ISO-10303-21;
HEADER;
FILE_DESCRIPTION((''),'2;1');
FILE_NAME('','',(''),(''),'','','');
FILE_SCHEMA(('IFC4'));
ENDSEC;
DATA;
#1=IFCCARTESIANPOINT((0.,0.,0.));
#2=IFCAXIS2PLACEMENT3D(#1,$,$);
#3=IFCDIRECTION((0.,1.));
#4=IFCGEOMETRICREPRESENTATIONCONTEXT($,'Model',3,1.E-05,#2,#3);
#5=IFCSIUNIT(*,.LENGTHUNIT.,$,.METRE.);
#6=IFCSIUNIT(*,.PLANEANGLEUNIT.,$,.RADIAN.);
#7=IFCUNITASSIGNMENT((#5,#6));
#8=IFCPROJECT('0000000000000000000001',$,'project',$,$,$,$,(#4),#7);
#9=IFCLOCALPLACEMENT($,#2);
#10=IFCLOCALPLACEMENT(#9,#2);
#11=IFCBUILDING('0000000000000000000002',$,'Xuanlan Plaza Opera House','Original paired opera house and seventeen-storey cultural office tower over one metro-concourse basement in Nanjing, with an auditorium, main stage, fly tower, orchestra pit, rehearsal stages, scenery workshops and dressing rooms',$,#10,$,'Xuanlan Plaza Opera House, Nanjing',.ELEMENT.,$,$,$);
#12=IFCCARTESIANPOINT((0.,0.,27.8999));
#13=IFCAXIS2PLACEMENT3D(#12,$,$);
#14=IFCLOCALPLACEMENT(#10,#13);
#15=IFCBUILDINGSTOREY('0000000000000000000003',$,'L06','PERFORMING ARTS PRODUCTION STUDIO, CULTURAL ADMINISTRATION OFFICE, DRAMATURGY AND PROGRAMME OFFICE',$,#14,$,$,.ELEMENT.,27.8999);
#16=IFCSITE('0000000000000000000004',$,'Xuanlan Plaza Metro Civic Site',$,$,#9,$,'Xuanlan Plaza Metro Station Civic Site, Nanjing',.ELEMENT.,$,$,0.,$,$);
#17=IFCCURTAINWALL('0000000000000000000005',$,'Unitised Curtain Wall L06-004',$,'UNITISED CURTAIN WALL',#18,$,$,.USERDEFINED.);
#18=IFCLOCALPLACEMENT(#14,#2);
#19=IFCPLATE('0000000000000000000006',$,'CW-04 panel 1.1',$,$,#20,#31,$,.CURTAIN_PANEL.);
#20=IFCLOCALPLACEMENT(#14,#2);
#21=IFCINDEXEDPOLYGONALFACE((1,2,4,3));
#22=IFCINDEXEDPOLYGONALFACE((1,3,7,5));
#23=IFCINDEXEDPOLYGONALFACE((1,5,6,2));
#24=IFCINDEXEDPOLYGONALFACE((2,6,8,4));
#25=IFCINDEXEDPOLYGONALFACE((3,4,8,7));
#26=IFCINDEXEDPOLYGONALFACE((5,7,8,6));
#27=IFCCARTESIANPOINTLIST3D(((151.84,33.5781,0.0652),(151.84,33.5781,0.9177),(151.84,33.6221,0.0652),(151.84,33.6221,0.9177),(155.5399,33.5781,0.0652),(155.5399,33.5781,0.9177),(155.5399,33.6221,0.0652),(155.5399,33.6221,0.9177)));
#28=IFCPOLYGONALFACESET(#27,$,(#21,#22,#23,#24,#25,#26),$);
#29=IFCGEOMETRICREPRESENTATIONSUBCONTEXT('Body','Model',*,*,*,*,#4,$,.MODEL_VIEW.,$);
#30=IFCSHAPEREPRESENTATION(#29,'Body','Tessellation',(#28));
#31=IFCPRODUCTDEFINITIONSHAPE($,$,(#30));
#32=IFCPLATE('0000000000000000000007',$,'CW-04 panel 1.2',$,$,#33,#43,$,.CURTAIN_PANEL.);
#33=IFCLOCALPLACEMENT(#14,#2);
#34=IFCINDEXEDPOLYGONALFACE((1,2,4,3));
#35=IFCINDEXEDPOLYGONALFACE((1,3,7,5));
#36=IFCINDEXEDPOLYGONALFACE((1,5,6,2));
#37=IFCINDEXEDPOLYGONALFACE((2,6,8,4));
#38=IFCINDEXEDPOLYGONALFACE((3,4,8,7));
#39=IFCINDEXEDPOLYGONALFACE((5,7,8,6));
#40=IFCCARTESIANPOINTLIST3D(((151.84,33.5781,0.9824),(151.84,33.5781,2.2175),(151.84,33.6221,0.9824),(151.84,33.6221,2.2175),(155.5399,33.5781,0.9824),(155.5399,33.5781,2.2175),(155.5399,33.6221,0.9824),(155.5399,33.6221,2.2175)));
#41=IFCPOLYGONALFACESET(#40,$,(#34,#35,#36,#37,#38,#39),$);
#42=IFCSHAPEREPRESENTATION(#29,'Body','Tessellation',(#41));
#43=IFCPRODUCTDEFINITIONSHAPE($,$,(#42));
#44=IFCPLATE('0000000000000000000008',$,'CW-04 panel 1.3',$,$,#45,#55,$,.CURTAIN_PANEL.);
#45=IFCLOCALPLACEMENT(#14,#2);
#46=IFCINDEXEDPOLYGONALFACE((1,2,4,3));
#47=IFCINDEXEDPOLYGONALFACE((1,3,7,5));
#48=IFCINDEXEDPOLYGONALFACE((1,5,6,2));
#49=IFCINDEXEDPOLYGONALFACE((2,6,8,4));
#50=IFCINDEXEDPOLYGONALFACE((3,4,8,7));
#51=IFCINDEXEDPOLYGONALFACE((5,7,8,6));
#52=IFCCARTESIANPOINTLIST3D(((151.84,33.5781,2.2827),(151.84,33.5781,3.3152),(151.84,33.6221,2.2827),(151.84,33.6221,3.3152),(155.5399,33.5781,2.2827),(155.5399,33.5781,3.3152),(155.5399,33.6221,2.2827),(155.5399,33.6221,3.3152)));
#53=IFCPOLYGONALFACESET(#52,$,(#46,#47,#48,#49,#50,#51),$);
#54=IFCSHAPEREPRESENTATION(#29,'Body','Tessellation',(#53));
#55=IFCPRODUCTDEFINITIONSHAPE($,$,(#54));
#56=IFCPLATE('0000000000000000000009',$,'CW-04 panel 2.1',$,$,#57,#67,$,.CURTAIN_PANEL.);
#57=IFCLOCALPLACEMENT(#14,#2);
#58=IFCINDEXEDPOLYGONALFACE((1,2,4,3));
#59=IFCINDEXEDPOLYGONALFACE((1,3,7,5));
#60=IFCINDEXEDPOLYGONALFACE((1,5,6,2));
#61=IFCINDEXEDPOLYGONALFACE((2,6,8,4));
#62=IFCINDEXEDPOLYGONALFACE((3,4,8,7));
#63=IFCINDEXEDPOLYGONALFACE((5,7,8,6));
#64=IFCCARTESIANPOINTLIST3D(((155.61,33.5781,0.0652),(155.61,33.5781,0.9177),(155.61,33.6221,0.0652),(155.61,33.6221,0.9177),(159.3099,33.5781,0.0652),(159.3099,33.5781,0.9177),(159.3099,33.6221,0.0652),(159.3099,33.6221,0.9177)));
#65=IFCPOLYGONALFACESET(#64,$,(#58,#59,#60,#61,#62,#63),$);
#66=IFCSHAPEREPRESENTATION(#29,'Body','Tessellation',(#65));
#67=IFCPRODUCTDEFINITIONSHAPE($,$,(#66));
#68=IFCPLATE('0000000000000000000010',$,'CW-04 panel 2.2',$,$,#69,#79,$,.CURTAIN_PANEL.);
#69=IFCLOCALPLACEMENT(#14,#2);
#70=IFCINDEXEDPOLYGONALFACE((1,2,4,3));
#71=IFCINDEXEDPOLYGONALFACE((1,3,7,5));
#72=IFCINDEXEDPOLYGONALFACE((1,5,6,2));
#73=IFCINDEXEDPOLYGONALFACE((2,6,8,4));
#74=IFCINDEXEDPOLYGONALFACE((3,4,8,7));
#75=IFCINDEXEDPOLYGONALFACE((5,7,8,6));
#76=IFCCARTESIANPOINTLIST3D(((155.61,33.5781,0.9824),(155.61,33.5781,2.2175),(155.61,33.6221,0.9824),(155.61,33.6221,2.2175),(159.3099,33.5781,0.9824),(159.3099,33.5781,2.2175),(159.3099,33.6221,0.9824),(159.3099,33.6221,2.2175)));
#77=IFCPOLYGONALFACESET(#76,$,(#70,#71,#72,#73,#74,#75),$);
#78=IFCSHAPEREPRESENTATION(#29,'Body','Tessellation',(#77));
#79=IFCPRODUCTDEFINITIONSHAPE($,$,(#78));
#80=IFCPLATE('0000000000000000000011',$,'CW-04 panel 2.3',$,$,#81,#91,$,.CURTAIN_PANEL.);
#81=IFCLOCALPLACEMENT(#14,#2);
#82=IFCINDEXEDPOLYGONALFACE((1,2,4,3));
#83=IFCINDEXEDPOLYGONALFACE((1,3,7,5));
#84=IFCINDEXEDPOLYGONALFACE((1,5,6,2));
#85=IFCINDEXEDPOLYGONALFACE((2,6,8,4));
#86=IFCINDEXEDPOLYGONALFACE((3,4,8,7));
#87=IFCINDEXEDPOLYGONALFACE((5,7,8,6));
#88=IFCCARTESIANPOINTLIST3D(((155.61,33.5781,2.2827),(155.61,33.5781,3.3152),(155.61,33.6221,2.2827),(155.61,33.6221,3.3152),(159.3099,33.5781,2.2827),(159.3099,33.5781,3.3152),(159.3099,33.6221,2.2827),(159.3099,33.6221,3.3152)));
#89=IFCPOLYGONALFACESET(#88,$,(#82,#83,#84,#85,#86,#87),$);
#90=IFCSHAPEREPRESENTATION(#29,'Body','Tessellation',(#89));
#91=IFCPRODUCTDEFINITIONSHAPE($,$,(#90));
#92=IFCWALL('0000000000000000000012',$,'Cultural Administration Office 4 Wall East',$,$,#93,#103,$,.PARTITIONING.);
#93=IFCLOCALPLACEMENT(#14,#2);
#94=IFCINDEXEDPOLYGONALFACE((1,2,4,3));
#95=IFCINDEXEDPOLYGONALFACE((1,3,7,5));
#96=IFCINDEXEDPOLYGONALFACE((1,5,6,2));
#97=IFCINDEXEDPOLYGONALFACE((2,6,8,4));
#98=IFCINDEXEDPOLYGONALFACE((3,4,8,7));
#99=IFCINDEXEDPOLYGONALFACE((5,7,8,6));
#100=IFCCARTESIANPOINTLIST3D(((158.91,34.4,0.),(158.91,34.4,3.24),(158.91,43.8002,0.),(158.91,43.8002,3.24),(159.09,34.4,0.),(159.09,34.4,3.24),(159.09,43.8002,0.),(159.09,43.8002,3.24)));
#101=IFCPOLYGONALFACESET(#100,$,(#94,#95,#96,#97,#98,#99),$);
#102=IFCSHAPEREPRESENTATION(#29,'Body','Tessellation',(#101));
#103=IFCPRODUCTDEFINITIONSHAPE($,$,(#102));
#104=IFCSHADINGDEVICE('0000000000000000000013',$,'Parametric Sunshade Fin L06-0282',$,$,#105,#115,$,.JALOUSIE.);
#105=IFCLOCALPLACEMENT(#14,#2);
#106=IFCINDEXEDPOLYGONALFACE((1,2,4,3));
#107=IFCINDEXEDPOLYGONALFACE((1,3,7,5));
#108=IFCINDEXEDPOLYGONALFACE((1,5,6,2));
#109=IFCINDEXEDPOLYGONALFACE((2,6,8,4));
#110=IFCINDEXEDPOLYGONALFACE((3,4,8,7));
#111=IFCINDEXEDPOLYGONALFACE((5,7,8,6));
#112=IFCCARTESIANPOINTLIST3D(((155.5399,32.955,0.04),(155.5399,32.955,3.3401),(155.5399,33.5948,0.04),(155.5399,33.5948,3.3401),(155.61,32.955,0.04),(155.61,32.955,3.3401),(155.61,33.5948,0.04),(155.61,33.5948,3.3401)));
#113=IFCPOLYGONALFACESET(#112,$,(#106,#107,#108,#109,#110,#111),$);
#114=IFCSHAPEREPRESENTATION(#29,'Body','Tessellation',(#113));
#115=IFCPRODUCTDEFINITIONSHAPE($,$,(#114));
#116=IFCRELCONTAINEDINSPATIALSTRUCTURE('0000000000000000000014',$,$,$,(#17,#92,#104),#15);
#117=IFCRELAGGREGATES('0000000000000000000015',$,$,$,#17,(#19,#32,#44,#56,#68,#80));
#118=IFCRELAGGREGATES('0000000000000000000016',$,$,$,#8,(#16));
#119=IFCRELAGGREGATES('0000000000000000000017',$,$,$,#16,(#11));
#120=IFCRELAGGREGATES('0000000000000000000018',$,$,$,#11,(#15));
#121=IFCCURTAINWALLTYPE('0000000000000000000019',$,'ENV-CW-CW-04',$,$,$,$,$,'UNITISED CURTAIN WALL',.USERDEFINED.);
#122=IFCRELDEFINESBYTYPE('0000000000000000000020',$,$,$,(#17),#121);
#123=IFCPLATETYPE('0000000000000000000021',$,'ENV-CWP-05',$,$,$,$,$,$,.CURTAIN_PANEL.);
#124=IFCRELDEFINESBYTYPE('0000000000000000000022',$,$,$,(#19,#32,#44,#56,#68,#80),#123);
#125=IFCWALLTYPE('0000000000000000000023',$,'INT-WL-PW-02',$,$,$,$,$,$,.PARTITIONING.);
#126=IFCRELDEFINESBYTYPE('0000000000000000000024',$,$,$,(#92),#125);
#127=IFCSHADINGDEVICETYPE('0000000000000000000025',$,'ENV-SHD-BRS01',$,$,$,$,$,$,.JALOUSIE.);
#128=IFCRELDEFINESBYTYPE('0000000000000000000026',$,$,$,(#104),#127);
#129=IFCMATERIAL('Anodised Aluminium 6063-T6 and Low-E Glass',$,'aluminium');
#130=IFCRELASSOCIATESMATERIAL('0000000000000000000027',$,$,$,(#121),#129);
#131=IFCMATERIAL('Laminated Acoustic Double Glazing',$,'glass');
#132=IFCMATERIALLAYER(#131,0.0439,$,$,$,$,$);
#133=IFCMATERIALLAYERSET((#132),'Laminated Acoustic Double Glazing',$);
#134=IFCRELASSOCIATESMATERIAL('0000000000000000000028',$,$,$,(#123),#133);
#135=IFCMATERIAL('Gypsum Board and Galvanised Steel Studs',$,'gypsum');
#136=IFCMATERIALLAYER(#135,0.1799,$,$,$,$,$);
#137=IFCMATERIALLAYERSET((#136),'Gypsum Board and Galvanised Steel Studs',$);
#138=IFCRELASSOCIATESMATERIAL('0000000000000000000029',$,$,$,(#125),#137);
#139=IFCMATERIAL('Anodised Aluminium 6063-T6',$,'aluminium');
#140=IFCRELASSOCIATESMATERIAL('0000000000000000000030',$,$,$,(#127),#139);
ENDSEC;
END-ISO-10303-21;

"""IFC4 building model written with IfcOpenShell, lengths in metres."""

from ifc_helpers import new_model, si_unit, direction, frame, frame_2d, origin, origin_2d, place, context, subcontext, project, spatial, rectangle, extrude, material, layer, layer_set, type_object, element, aggregate, save


model = new_model("IFC4")

# Units and contexts
model_context = context("Model", 3, precision=1e-05, world=origin(), true_north=direction((0.0, 1.0)))
body_context = subcontext(model_context, "Body", "Model", "MODEL_VIEW")
ifc_project = project(units=[si_unit("LENGTHUNIT", "METRE"), si_unit("PLANEANGLEUNIT", "RADIAN")], contexts=[model_context])

# Site, building, storey
site_placement = place(None, origin())
site = spatial("IfcSite", under=ifc_project, at=site_placement, Name="Xuanlan Plaza Metro Civic Site", LongName="Xuanlan Plaza Metro Station Civic Site, Nanjing", CompositionType="ELEMENT", RefElevation=0.0)
building_placement = place(site_placement, origin())
building = spatial("IfcBuilding", under=site, at=building_placement, Name="Xuanlan Plaza Opera House", Description="Original paired opera house and seventeen-storey cultural office tower over one metro-concourse basement in Nanjing, with an auditorium, main stage, fly tower, orchestra pit, rehearsal stages, scenery workshops and dressing rooms", LongName="Xuanlan Plaza Opera House, Nanjing", CompositionType="ELEMENT")
storey_placement = place(building_placement, frame((0.0, 0.0, 27.8999)))
storey = spatial("IfcBuildingStorey", under=building, at=storey_placement, Name="L06", Description="PERFORMING ARTS PRODUCTION STUDIO, CULTURAL ADMINISTRATION OFFICE, DRAMATURGY AND PROGRAMME OFFICE", CompositionType="ELEMENT", Elevation=27.8999)

# Curtain wall
ifc_material_1 = material(Name="Anodised Aluminium 6063-T6 and Low-E Glass", Category="aluminium")
curtain_wall_type_1 = type_object("IfcCurtainWallType", Name="ENV-CW-CW-04", ElementType="UNITISED CURTAIN WALL", PredefinedType="USERDEFINED", material=ifc_material_1)
curtain_wall_1_placement = place(storey_placement, origin())
curtain_wall_1 = element("IfcCurtainWall", 1, at=curtain_wall_1_placement, inside=storey, type_object=curtain_wall_type_1, Name="Unitised Curtain Wall L06-004", ObjectType="UNITISED CURTAIN WALL", PredefinedType="USERDEFINED")
ifc_material_2 = material(Name="Anodised Aluminium 6063-T6", Category="aluminium")

# Plates
ifc_material_3 = material(Name="Laminated Acoustic Double Glazing", Category="glass")
ifc_layer_1 = layer(ifc_material_3, 0.0439)
ifc_layer_set_1 = layer_set([ifc_layer_1], Name="Laminated Acoustic Double Glazing")
plate_type = type_object("IfcPlateType", Name="ENV-CWP-05", PredefinedType="CURTAIN_PANEL", material=ifc_layer_set_1)
plate_1_placement = place(storey_placement, frame((153.6899, 33.6001, 0.0652), z_axis=(0.0, 0.0, 1.0), x_axis=(1.0, 0.0, 0.0)))
plate_1 = element("IfcPlate", 2, at=plate_1_placement, type_object=plate_type, Name="CW-04 panel 1.1", PredefinedType="CURTAIN_PANEL", context=body_context, shape_type="SweptSolid", body=[
    extrude(rectangle(XDim=3.7, YDim=0.0439, at=origin_2d()), origin(), (0.0, 0.0, 1.0), 0.8525),
])
plate_2_placement = place(storey_placement, frame((153.6899, 33.6001, 0.9824), z_axis=(0.0, 0.0, 1.0), x_axis=(1.0, 0.0, 0.0)))
plate_2 = element("IfcPlate", 3, at=plate_2_placement, type_object=plate_type, Name="CW-04 panel 1.2", PredefinedType="CURTAIN_PANEL", context=body_context, shape_type="SweptSolid", body=[
    extrude(rectangle(XDim=3.7, YDim=0.0439, at=origin_2d()), origin(), (0.0, 0.0, 1.0), 1.2351),
])
plate_3_placement = place(storey_placement, frame((153.6899, 33.6001, 2.2827), z_axis=(0.0, 0.0, 1.0), x_axis=(1.0, 0.0, 0.0)))
plate_3 = element("IfcPlate", 4, at=plate_3_placement, type_object=plate_type, Name="CW-04 panel 1.3", PredefinedType="CURTAIN_PANEL", context=body_context, shape_type="SweptSolid", body=[
    extrude(rectangle(XDim=3.7, YDim=0.0439, at=origin_2d()), origin(), (0.0, 0.0, 1.0), 1.0325),
])
plate_4_placement = place(storey_placement, frame((157.46, 33.6001, 0.0652), z_axis=(0.0, 0.0, 1.0), x_axis=(1.0, 0.0, 0.0)))
plate_4 = element("IfcPlate", 5, at=plate_4_placement, type_object=plate_type, Name="CW-04 panel 2.1", PredefinedType="CURTAIN_PANEL", context=body_context, shape_type="SweptSolid", body=[
    extrude(rectangle(XDim=3.7, YDim=0.0439, at=origin_2d()), origin(), (0.0, 0.0, 1.0), 0.8525),
])
plate_5_placement = place(storey_placement, frame((157.46, 33.6001, 0.9824), z_axis=(0.0, 0.0, 1.0), x_axis=(1.0, 0.0, 0.0)))
plate_5 = element("IfcPlate", 6, at=plate_5_placement, type_object=plate_type, Name="CW-04 panel 2.2", PredefinedType="CURTAIN_PANEL", context=body_context, shape_type="SweptSolid", body=[
    extrude(rectangle(XDim=3.7, YDim=0.0439, at=origin_2d()), origin(), (0.0, 0.0, 1.0), 1.2351),
])
plate_6_placement = place(storey_placement, frame((157.46, 33.6001, 2.2827), z_axis=(0.0, 0.0, 1.0), x_axis=(1.0, 0.0, 0.0)))
plate_6 = element("IfcPlate", 7, at=plate_6_placement, type_object=plate_type, Name="CW-04 panel 2.3", PredefinedType="CURTAIN_PANEL", context=body_context, shape_type="SweptSolid", body=[
    extrude(rectangle(XDim=3.7, YDim=0.0439, at=origin_2d()), origin(), (0.0, 0.0, 1.0), 1.0325),
])
aggregate(curtain_wall_1, [plate_1, plate_2, plate_3, plate_4, plate_5, plate_6])

# Wall
ifc_material_4 = material(Name="Gypsum Board and Galvanised Steel Studs", Category="gypsum")
ifc_layer_2 = layer(ifc_material_4, 0.1799)
ifc_layer_set_2 = layer_set([ifc_layer_2], Name="Gypsum Board and Galvanised Steel Studs")
wall_type = type_object("IfcWallType", Name="INT-WL-PW-02", PredefinedType="PARTITIONING", material=ifc_layer_set_2)
wall_placement = place(storey_placement, frame((159.0, 34.3999, 0.0), z_axis=(0.0, 0.0, 1.0), x_axis=(0.0, 1.0, 0.0)))
element("IfcWall", 8, at=wall_placement, inside=storey, type_object=wall_type, Name="Cultural Administration Office 4 Wall East", PredefinedType="PARTITIONING", context=body_context, shape_type="SweptSolid", body=[
    extrude(rectangle(XDim=9.4001, YDim=0.1799, at=frame_2d((4.7002, 0.0))), origin(), (0.0, 0.0, 1.0), 3.24),
])

# Shading device
shading_device_type = type_object("IfcShadingDeviceType", Name="ENV-SHD-BRS01", PredefinedType="JALOUSIE", material=ifc_material_2)
shading_device_placement = place(storey_placement, frame((155.575, 33.2749, 0.04), z_axis=(0.0, 0.0, 1.0), x_axis=(0.0, -1.0, 0.0)))
element("IfcShadingDevice", 9, at=shading_device_placement, inside=storey, type_object=shading_device_type, Name="Parametric Sunshade Fin L06-0282", PredefinedType="JALOUSIE", context=body_context, shape_type="SweptSolid", body=[
    extrude(rectangle(XDim=0.6399, YDim=0.0701, at=origin_2d()), origin(), (0.0, 0.0, 1.0), 3.3),
])

save(model, "model.ifc")
